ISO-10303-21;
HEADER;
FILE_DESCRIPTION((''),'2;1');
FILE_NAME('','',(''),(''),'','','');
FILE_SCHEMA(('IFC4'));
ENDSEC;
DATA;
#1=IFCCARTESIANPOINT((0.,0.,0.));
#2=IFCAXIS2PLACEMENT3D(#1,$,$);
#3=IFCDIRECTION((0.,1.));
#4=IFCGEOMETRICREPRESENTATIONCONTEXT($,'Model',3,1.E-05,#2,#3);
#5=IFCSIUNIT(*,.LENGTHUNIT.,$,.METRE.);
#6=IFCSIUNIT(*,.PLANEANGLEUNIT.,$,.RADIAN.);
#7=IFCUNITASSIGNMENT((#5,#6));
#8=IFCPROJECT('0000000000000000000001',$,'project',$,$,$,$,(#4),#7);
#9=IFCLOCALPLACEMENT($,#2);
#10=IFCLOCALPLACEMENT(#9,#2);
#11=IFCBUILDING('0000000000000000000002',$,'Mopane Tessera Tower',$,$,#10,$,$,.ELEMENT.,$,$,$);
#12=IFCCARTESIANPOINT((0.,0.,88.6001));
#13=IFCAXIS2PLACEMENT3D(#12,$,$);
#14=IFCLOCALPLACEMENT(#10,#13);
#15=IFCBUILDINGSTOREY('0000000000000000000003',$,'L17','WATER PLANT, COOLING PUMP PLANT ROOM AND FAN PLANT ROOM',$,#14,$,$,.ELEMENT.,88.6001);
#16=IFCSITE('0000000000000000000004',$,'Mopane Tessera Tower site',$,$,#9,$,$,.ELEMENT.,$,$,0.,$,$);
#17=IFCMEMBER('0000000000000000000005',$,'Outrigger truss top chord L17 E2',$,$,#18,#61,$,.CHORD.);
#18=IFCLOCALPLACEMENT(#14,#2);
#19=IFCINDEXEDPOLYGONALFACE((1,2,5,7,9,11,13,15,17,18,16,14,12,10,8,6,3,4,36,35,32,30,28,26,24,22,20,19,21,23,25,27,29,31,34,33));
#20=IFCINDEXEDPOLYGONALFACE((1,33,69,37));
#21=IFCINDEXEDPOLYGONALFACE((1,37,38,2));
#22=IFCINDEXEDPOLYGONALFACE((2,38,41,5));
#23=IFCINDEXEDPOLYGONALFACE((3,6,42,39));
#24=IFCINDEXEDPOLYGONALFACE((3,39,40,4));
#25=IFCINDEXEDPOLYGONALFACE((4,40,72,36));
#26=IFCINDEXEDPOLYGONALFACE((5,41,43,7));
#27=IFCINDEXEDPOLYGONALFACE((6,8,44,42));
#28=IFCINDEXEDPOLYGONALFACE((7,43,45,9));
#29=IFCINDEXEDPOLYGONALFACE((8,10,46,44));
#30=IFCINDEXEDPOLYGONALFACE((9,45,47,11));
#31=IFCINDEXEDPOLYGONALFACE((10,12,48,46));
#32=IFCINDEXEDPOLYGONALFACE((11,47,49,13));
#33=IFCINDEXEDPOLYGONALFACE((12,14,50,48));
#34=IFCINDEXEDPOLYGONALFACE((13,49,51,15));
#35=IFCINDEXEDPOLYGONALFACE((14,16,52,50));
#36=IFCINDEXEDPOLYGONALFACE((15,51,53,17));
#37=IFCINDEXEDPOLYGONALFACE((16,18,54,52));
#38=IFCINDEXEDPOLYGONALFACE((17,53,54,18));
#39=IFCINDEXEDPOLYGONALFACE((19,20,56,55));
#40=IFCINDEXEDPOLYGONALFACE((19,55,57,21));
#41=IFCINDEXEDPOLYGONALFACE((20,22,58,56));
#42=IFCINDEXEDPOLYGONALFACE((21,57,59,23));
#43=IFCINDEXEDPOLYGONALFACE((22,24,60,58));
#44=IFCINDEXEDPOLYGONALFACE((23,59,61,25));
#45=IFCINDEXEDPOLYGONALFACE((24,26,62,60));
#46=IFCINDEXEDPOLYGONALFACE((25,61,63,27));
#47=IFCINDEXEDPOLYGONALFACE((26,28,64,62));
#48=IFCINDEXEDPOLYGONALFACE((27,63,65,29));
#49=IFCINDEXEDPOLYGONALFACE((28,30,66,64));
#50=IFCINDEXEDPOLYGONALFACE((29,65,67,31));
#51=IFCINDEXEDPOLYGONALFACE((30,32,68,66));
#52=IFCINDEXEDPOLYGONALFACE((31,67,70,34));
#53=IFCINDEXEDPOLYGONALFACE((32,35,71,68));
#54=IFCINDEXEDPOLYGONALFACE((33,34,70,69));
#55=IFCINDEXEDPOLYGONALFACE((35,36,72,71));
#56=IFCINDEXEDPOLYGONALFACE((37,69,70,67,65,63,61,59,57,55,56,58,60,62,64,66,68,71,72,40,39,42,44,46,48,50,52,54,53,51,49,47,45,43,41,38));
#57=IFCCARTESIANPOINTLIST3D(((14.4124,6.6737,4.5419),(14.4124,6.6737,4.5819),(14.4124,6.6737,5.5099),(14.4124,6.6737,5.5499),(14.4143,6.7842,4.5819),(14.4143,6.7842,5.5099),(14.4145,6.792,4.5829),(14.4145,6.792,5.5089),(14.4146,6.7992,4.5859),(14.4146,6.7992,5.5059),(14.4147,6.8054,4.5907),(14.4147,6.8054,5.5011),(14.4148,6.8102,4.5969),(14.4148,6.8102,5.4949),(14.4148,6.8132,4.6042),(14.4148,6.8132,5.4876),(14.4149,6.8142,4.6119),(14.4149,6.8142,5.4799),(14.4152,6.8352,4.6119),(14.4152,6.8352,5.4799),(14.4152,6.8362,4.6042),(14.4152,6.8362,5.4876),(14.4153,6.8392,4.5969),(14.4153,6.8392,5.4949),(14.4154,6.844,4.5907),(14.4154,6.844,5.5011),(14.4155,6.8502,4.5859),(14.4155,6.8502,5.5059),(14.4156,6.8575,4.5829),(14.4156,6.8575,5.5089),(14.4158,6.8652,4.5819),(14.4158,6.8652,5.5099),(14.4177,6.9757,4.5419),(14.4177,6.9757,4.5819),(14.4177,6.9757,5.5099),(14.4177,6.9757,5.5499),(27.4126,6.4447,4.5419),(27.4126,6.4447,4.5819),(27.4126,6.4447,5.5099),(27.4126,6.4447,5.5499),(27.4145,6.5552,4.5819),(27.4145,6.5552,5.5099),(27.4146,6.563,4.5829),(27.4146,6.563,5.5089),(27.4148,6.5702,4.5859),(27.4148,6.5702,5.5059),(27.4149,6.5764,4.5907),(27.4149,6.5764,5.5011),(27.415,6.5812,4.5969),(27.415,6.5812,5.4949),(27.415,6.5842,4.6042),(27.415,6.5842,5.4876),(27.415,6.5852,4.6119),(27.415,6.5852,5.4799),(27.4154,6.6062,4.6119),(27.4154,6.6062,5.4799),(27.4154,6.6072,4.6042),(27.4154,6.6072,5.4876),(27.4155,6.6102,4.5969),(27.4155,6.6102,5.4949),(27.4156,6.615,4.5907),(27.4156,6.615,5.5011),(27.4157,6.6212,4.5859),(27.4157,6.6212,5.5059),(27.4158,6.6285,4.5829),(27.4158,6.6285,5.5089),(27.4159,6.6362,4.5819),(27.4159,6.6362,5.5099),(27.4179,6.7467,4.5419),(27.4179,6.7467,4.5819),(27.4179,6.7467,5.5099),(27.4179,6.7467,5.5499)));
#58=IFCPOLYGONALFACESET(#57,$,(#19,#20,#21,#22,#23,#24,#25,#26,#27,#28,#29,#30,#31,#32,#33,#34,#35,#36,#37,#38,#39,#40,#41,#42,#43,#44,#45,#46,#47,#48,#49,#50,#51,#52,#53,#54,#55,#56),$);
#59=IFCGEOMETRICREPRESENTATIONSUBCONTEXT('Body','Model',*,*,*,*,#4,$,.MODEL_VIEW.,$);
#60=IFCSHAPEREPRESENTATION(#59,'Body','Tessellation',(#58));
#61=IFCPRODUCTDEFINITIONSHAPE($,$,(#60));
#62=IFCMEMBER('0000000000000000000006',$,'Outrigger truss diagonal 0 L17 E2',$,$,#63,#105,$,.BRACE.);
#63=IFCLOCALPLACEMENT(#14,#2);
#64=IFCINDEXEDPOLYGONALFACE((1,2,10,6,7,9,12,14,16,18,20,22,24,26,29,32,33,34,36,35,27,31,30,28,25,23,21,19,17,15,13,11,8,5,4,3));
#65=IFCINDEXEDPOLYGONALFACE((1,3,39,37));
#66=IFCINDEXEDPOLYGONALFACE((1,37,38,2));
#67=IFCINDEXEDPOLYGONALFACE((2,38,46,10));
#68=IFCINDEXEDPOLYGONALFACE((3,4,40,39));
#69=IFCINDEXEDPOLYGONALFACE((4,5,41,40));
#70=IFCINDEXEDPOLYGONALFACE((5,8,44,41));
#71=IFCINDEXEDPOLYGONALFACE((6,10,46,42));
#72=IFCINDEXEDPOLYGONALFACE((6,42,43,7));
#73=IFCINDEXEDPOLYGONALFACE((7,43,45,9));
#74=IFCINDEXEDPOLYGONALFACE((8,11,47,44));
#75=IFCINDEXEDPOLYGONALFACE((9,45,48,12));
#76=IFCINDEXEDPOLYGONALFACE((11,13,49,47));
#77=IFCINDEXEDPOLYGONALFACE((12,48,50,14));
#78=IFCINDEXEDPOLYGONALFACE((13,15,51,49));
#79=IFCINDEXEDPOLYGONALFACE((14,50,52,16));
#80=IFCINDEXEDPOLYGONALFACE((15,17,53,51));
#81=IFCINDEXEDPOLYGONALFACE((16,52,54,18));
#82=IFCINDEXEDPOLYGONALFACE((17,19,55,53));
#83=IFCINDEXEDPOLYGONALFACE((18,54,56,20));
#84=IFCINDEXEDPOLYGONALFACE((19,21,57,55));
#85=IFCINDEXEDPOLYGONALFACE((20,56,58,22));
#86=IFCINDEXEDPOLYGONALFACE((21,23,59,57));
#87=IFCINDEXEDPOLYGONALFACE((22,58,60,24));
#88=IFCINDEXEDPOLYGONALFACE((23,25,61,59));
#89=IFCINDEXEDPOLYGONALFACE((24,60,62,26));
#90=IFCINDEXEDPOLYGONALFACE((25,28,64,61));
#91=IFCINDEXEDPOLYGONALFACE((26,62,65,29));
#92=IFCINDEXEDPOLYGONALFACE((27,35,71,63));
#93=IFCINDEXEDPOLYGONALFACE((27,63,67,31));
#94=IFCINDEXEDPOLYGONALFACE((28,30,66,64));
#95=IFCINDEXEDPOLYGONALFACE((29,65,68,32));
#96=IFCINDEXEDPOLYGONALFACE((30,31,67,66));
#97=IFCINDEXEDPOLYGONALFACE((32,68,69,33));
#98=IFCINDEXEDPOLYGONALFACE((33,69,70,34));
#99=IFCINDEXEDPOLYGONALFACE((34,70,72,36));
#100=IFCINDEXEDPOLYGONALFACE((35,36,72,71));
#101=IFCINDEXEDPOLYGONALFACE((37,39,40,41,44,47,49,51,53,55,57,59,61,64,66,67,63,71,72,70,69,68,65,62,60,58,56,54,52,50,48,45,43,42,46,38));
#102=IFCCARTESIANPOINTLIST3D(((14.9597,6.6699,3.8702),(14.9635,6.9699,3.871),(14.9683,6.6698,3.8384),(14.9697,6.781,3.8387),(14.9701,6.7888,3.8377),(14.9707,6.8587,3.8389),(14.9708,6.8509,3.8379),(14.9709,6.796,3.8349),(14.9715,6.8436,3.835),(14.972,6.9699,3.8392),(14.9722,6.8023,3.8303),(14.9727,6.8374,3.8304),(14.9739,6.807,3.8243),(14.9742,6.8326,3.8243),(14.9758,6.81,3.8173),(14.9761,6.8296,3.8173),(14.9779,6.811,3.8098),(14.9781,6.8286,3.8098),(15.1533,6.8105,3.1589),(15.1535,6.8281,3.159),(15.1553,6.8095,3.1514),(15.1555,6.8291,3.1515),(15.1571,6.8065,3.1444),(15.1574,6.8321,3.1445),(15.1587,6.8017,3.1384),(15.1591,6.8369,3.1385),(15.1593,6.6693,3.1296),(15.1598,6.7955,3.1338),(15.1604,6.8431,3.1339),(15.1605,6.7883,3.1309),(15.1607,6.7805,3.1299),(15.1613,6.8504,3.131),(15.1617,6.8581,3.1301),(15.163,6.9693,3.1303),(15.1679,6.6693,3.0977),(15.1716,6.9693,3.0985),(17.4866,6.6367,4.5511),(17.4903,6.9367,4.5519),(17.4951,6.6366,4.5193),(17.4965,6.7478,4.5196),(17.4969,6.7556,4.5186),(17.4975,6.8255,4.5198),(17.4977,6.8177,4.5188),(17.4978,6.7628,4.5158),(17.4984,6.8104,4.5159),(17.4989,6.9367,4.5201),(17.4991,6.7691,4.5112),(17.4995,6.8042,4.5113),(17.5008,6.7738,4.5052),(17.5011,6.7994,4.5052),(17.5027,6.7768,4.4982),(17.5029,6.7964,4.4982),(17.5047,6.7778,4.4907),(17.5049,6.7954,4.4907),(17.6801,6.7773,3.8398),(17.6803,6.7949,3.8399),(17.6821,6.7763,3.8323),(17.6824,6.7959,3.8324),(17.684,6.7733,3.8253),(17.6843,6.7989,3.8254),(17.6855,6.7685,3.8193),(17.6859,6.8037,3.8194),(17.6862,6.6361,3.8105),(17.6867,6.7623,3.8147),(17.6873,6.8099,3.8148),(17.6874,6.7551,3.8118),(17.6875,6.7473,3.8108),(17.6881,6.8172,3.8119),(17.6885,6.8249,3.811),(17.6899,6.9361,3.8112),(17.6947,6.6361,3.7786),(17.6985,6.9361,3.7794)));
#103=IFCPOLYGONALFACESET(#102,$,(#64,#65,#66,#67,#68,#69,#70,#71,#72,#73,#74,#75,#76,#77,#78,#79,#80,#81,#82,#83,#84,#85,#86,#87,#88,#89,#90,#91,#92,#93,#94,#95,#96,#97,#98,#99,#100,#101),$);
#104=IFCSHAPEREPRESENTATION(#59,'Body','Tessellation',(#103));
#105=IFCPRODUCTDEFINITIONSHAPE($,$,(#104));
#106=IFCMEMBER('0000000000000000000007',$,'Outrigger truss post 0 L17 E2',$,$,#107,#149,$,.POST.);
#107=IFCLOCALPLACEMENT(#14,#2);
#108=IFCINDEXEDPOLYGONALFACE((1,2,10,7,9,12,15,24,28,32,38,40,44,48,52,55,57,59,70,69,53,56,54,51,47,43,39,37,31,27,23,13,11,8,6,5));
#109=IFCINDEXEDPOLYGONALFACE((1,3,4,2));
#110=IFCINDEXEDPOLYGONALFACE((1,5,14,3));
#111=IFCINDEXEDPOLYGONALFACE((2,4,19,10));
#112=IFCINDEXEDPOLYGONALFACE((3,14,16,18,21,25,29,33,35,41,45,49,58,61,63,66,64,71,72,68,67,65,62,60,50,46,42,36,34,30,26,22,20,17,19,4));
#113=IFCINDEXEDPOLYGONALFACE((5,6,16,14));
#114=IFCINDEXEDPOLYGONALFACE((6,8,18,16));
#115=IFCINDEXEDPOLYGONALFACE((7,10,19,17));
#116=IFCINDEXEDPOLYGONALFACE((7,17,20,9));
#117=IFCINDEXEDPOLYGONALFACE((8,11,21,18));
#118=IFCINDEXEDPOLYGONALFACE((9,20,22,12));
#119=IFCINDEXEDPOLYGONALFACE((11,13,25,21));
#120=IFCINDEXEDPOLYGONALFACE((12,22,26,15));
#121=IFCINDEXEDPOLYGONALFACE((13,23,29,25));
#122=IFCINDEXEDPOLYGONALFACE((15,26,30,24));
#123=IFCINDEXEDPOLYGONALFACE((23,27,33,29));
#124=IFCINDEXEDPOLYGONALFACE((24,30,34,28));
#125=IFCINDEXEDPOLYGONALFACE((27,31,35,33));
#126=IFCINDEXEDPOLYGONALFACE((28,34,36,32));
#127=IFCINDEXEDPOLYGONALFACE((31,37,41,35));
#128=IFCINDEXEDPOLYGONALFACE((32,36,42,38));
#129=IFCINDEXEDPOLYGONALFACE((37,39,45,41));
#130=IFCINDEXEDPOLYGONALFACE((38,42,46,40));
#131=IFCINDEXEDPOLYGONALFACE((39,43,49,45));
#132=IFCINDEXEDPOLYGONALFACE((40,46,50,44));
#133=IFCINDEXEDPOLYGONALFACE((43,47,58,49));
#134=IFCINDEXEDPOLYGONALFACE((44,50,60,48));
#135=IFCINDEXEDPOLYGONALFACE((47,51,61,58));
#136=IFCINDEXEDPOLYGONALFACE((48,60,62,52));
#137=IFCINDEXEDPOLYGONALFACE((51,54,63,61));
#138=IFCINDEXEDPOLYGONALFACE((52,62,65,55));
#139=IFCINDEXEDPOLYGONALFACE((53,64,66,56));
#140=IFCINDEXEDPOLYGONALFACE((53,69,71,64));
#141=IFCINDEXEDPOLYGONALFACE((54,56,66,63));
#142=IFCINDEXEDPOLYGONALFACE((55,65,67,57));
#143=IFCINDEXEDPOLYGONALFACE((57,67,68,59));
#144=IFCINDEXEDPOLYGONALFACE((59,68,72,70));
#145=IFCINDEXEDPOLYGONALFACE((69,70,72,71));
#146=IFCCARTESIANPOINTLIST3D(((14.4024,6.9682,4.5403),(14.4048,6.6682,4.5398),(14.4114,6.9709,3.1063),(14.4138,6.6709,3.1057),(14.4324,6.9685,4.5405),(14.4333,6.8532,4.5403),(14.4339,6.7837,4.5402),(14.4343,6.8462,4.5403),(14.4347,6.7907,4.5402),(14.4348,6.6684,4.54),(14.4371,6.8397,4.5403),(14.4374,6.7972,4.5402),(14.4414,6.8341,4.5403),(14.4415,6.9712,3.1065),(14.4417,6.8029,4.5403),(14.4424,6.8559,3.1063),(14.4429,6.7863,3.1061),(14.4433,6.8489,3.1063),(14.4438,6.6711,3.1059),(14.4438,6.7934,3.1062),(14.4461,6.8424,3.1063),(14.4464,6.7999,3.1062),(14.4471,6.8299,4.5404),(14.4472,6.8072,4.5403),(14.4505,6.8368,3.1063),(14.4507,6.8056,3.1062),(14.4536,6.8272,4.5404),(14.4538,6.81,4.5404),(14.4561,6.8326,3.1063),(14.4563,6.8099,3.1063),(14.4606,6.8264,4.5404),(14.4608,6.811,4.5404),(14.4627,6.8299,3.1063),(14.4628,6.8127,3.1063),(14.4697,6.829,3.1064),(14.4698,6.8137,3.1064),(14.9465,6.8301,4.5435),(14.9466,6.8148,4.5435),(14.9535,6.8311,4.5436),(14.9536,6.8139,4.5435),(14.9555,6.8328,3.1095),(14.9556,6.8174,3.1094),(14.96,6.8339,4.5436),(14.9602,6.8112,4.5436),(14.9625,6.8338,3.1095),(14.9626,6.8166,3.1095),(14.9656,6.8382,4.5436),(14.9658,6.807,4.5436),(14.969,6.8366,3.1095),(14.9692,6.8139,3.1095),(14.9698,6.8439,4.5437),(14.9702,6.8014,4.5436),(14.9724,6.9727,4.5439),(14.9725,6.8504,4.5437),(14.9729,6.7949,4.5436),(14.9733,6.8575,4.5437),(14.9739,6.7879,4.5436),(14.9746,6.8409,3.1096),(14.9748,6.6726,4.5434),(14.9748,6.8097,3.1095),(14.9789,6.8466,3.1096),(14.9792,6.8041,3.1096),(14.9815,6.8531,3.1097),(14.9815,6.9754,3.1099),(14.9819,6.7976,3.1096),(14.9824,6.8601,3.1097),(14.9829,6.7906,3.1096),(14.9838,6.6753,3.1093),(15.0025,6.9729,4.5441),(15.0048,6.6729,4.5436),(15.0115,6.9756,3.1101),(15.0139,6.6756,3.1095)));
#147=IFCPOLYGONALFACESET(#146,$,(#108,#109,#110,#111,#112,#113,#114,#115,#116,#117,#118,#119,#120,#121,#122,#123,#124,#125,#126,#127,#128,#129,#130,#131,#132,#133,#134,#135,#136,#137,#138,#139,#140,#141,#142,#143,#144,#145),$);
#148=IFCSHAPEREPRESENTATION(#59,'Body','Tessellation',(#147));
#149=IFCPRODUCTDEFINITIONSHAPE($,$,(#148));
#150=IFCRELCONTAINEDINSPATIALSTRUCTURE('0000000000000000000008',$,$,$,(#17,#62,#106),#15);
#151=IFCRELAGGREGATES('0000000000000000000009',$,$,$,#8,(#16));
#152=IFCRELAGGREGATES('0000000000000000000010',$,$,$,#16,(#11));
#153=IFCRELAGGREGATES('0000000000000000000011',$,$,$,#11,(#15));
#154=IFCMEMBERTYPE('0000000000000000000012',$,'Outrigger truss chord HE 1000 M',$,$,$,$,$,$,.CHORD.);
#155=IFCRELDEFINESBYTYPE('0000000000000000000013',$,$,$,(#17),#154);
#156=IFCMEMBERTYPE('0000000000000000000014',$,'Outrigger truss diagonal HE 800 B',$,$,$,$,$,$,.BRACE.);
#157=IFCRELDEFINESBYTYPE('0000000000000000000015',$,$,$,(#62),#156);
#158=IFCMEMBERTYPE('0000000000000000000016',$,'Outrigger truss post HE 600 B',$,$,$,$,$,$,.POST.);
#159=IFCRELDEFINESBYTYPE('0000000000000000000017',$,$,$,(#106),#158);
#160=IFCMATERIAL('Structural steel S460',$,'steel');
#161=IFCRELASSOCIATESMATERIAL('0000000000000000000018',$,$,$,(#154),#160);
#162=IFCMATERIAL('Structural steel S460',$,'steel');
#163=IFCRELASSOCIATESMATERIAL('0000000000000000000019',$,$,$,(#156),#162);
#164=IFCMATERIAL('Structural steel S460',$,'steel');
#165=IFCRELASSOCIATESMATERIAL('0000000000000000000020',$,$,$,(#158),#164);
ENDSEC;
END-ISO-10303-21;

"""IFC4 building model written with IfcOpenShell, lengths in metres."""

from ifc_helpers import new_model, si_unit, direction, frame, origin, origin_2d, place, context, subcontext, project, spatial, i_section, extrude, material, material_profile, profile_set, type_object, element, save


model = new_model("IFC4")

# Units and contexts
model_context = context("Model", 3, precision=1e-05, world=origin(), true_north=direction((0.0, 1.0)))
body_context = subcontext(model_context, "Body", "Model", "MODEL_VIEW")
ifc_project = project(units=[si_unit("LENGTHUNIT", "METRE"), si_unit("PLANEANGLEUNIT", "RADIAN")], contexts=[model_context])

# Site, building, storey
site_placement = place(None, origin())
site = spatial("IfcSite", under=ifc_project, at=site_placement, Name="Mopane Tessera Tower site", CompositionType="ELEMENT", RefElevation=0.0)
building_placement = place(site_placement, origin())
building = spatial("IfcBuilding", under=site, at=building_placement, Name="Mopane Tessera Tower", CompositionType="ELEMENT")
storey_placement = place(building_placement, frame((0.0, 0.0, 88.6001)))
storey = spatial("IfcBuildingStorey", under=building, at=storey_placement, Name="L17", Description="WATER PLANT, COOLING PUMP PLANT ROOM AND FAN PLANT ROOM", CompositionType="ELEMENT", Elevation=88.6001)

# Members
ifc_material_1 = material(Name="Structural steel S460", Category="steel")
ifc_material_profile_1 = material_profile(ifc_material_1, i_section(OverallWidth=0.302, OverallDepth=1.0081, WebThickness=0.021, FlangeThickness=0.04, FilletRadius=0.03, at=origin_2d()))
ifc_profile_set_1 = profile_set([ifc_material_profile_1], Name="Structural steel S460")
member_type_1 = type_object("IfcMemberType", Name="Outrigger truss chord HE 1000 M", PredefinedType="CHORD", material=ifc_profile_set_1)
member_1_placement = place(storey_placement, frame((14.415, 6.8247, 5.0459), z_axis=(0.999845, -0.017613, 0.0), x_axis=(0.017613, 0.999845, 0.0)))
element("IfcMember", 1, at=member_1_placement, inside=storey, type_object=member_type_1, Name="Outrigger truss top chord L17 E2", PredefinedType="CHORD", context=body_context, shape_type="SweptSolid", body=[
    extrude(i_section(OverallWidth=0.302, OverallDepth=1.0081, WebThickness=0.021, FlangeThickness=0.04, FilletRadius=0.03, at=origin_2d()), origin(), (0.0, 0.0, 1.0), 13.0022),
])
ifc_material_2 = material(Name="Structural steel S460", Category="steel")
ifc_material_profile_2 = material_profile(ifc_material_2, i_section(OverallWidth=0.3, OverallDepth=0.8, WebThickness=0.0176, FlangeThickness=0.033, FilletRadius=0.03, at=origin_2d()))
ifc_profile_set_2 = profile_set([ifc_material_profile_2], Name="Structural steel S460")
member_type_2 = type_object("IfcMemberType", Name="Outrigger truss diagonal HE 800 B", PredefinedType="BRACE", material=ifc_profile_set_2)
member_2_placement = place(storey_placement, frame((15.0657, 6.8196, 3.4844), z_axis=(0.96548, -0.012687, 0.260167), x_axis=(0.012439, 0.999919, 0.002599)))
element("IfcMember", 2, at=member_2_placement, inside=storey, type_object=member_type_2, Name="Outrigger truss diagonal 0 L17 E2", PredefinedType="BRACE", context=body_context, shape_type="SweptSolid", body=[
    extrude(i_section(OverallWidth=0.3, OverallDepth=0.8, WebThickness=0.0176, FlangeThickness=0.033, FilletRadius=0.03, at=origin_2d()), origin(), (0.0, 0.0, 1.0), 2.6172),
])
ifc_material_3 = material(Name="Structural steel S460", Category="steel")
ifc_material_profile_3 = material_profile(ifc_material_3, i_section(OverallWidth=0.3, OverallDepth=0.6001, WebThickness=0.0154, FlangeThickness=0.03, FilletRadius=0.0271, at=origin_2d()))
ifc_profile_set_3 = profile_set([ifc_material_profile_3], Name="Structural steel S460")
member_type_3 = type_object("IfcMemberType", Name="Outrigger truss post HE 600 B", PredefinedType="POST", material=ifc_profile_set_3)
member_3_placement = place(storey_placement, frame((14.7126, 6.8232, 3.1079), z_axis=(-0.006299, -0.001873, 0.999978), x_axis=(-0.007818, 0.999968, 0.001823)))
element("IfcMember", 3, at=member_3_placement, inside=storey, type_object=member_type_3, Name="Outrigger truss post 0 L17 E2", PredefinedType="POST", context=body_context, shape_type="SweptSolid", body=[
    extrude(i_section(OverallWidth=0.3, OverallDepth=0.6001, WebThickness=0.0154, FlangeThickness=0.03, FilletRadius=0.0271, at=origin_2d()), origin(), (0.0, 0.0, 1.0), 1.4341),
])

save(model, "model.ifc")
